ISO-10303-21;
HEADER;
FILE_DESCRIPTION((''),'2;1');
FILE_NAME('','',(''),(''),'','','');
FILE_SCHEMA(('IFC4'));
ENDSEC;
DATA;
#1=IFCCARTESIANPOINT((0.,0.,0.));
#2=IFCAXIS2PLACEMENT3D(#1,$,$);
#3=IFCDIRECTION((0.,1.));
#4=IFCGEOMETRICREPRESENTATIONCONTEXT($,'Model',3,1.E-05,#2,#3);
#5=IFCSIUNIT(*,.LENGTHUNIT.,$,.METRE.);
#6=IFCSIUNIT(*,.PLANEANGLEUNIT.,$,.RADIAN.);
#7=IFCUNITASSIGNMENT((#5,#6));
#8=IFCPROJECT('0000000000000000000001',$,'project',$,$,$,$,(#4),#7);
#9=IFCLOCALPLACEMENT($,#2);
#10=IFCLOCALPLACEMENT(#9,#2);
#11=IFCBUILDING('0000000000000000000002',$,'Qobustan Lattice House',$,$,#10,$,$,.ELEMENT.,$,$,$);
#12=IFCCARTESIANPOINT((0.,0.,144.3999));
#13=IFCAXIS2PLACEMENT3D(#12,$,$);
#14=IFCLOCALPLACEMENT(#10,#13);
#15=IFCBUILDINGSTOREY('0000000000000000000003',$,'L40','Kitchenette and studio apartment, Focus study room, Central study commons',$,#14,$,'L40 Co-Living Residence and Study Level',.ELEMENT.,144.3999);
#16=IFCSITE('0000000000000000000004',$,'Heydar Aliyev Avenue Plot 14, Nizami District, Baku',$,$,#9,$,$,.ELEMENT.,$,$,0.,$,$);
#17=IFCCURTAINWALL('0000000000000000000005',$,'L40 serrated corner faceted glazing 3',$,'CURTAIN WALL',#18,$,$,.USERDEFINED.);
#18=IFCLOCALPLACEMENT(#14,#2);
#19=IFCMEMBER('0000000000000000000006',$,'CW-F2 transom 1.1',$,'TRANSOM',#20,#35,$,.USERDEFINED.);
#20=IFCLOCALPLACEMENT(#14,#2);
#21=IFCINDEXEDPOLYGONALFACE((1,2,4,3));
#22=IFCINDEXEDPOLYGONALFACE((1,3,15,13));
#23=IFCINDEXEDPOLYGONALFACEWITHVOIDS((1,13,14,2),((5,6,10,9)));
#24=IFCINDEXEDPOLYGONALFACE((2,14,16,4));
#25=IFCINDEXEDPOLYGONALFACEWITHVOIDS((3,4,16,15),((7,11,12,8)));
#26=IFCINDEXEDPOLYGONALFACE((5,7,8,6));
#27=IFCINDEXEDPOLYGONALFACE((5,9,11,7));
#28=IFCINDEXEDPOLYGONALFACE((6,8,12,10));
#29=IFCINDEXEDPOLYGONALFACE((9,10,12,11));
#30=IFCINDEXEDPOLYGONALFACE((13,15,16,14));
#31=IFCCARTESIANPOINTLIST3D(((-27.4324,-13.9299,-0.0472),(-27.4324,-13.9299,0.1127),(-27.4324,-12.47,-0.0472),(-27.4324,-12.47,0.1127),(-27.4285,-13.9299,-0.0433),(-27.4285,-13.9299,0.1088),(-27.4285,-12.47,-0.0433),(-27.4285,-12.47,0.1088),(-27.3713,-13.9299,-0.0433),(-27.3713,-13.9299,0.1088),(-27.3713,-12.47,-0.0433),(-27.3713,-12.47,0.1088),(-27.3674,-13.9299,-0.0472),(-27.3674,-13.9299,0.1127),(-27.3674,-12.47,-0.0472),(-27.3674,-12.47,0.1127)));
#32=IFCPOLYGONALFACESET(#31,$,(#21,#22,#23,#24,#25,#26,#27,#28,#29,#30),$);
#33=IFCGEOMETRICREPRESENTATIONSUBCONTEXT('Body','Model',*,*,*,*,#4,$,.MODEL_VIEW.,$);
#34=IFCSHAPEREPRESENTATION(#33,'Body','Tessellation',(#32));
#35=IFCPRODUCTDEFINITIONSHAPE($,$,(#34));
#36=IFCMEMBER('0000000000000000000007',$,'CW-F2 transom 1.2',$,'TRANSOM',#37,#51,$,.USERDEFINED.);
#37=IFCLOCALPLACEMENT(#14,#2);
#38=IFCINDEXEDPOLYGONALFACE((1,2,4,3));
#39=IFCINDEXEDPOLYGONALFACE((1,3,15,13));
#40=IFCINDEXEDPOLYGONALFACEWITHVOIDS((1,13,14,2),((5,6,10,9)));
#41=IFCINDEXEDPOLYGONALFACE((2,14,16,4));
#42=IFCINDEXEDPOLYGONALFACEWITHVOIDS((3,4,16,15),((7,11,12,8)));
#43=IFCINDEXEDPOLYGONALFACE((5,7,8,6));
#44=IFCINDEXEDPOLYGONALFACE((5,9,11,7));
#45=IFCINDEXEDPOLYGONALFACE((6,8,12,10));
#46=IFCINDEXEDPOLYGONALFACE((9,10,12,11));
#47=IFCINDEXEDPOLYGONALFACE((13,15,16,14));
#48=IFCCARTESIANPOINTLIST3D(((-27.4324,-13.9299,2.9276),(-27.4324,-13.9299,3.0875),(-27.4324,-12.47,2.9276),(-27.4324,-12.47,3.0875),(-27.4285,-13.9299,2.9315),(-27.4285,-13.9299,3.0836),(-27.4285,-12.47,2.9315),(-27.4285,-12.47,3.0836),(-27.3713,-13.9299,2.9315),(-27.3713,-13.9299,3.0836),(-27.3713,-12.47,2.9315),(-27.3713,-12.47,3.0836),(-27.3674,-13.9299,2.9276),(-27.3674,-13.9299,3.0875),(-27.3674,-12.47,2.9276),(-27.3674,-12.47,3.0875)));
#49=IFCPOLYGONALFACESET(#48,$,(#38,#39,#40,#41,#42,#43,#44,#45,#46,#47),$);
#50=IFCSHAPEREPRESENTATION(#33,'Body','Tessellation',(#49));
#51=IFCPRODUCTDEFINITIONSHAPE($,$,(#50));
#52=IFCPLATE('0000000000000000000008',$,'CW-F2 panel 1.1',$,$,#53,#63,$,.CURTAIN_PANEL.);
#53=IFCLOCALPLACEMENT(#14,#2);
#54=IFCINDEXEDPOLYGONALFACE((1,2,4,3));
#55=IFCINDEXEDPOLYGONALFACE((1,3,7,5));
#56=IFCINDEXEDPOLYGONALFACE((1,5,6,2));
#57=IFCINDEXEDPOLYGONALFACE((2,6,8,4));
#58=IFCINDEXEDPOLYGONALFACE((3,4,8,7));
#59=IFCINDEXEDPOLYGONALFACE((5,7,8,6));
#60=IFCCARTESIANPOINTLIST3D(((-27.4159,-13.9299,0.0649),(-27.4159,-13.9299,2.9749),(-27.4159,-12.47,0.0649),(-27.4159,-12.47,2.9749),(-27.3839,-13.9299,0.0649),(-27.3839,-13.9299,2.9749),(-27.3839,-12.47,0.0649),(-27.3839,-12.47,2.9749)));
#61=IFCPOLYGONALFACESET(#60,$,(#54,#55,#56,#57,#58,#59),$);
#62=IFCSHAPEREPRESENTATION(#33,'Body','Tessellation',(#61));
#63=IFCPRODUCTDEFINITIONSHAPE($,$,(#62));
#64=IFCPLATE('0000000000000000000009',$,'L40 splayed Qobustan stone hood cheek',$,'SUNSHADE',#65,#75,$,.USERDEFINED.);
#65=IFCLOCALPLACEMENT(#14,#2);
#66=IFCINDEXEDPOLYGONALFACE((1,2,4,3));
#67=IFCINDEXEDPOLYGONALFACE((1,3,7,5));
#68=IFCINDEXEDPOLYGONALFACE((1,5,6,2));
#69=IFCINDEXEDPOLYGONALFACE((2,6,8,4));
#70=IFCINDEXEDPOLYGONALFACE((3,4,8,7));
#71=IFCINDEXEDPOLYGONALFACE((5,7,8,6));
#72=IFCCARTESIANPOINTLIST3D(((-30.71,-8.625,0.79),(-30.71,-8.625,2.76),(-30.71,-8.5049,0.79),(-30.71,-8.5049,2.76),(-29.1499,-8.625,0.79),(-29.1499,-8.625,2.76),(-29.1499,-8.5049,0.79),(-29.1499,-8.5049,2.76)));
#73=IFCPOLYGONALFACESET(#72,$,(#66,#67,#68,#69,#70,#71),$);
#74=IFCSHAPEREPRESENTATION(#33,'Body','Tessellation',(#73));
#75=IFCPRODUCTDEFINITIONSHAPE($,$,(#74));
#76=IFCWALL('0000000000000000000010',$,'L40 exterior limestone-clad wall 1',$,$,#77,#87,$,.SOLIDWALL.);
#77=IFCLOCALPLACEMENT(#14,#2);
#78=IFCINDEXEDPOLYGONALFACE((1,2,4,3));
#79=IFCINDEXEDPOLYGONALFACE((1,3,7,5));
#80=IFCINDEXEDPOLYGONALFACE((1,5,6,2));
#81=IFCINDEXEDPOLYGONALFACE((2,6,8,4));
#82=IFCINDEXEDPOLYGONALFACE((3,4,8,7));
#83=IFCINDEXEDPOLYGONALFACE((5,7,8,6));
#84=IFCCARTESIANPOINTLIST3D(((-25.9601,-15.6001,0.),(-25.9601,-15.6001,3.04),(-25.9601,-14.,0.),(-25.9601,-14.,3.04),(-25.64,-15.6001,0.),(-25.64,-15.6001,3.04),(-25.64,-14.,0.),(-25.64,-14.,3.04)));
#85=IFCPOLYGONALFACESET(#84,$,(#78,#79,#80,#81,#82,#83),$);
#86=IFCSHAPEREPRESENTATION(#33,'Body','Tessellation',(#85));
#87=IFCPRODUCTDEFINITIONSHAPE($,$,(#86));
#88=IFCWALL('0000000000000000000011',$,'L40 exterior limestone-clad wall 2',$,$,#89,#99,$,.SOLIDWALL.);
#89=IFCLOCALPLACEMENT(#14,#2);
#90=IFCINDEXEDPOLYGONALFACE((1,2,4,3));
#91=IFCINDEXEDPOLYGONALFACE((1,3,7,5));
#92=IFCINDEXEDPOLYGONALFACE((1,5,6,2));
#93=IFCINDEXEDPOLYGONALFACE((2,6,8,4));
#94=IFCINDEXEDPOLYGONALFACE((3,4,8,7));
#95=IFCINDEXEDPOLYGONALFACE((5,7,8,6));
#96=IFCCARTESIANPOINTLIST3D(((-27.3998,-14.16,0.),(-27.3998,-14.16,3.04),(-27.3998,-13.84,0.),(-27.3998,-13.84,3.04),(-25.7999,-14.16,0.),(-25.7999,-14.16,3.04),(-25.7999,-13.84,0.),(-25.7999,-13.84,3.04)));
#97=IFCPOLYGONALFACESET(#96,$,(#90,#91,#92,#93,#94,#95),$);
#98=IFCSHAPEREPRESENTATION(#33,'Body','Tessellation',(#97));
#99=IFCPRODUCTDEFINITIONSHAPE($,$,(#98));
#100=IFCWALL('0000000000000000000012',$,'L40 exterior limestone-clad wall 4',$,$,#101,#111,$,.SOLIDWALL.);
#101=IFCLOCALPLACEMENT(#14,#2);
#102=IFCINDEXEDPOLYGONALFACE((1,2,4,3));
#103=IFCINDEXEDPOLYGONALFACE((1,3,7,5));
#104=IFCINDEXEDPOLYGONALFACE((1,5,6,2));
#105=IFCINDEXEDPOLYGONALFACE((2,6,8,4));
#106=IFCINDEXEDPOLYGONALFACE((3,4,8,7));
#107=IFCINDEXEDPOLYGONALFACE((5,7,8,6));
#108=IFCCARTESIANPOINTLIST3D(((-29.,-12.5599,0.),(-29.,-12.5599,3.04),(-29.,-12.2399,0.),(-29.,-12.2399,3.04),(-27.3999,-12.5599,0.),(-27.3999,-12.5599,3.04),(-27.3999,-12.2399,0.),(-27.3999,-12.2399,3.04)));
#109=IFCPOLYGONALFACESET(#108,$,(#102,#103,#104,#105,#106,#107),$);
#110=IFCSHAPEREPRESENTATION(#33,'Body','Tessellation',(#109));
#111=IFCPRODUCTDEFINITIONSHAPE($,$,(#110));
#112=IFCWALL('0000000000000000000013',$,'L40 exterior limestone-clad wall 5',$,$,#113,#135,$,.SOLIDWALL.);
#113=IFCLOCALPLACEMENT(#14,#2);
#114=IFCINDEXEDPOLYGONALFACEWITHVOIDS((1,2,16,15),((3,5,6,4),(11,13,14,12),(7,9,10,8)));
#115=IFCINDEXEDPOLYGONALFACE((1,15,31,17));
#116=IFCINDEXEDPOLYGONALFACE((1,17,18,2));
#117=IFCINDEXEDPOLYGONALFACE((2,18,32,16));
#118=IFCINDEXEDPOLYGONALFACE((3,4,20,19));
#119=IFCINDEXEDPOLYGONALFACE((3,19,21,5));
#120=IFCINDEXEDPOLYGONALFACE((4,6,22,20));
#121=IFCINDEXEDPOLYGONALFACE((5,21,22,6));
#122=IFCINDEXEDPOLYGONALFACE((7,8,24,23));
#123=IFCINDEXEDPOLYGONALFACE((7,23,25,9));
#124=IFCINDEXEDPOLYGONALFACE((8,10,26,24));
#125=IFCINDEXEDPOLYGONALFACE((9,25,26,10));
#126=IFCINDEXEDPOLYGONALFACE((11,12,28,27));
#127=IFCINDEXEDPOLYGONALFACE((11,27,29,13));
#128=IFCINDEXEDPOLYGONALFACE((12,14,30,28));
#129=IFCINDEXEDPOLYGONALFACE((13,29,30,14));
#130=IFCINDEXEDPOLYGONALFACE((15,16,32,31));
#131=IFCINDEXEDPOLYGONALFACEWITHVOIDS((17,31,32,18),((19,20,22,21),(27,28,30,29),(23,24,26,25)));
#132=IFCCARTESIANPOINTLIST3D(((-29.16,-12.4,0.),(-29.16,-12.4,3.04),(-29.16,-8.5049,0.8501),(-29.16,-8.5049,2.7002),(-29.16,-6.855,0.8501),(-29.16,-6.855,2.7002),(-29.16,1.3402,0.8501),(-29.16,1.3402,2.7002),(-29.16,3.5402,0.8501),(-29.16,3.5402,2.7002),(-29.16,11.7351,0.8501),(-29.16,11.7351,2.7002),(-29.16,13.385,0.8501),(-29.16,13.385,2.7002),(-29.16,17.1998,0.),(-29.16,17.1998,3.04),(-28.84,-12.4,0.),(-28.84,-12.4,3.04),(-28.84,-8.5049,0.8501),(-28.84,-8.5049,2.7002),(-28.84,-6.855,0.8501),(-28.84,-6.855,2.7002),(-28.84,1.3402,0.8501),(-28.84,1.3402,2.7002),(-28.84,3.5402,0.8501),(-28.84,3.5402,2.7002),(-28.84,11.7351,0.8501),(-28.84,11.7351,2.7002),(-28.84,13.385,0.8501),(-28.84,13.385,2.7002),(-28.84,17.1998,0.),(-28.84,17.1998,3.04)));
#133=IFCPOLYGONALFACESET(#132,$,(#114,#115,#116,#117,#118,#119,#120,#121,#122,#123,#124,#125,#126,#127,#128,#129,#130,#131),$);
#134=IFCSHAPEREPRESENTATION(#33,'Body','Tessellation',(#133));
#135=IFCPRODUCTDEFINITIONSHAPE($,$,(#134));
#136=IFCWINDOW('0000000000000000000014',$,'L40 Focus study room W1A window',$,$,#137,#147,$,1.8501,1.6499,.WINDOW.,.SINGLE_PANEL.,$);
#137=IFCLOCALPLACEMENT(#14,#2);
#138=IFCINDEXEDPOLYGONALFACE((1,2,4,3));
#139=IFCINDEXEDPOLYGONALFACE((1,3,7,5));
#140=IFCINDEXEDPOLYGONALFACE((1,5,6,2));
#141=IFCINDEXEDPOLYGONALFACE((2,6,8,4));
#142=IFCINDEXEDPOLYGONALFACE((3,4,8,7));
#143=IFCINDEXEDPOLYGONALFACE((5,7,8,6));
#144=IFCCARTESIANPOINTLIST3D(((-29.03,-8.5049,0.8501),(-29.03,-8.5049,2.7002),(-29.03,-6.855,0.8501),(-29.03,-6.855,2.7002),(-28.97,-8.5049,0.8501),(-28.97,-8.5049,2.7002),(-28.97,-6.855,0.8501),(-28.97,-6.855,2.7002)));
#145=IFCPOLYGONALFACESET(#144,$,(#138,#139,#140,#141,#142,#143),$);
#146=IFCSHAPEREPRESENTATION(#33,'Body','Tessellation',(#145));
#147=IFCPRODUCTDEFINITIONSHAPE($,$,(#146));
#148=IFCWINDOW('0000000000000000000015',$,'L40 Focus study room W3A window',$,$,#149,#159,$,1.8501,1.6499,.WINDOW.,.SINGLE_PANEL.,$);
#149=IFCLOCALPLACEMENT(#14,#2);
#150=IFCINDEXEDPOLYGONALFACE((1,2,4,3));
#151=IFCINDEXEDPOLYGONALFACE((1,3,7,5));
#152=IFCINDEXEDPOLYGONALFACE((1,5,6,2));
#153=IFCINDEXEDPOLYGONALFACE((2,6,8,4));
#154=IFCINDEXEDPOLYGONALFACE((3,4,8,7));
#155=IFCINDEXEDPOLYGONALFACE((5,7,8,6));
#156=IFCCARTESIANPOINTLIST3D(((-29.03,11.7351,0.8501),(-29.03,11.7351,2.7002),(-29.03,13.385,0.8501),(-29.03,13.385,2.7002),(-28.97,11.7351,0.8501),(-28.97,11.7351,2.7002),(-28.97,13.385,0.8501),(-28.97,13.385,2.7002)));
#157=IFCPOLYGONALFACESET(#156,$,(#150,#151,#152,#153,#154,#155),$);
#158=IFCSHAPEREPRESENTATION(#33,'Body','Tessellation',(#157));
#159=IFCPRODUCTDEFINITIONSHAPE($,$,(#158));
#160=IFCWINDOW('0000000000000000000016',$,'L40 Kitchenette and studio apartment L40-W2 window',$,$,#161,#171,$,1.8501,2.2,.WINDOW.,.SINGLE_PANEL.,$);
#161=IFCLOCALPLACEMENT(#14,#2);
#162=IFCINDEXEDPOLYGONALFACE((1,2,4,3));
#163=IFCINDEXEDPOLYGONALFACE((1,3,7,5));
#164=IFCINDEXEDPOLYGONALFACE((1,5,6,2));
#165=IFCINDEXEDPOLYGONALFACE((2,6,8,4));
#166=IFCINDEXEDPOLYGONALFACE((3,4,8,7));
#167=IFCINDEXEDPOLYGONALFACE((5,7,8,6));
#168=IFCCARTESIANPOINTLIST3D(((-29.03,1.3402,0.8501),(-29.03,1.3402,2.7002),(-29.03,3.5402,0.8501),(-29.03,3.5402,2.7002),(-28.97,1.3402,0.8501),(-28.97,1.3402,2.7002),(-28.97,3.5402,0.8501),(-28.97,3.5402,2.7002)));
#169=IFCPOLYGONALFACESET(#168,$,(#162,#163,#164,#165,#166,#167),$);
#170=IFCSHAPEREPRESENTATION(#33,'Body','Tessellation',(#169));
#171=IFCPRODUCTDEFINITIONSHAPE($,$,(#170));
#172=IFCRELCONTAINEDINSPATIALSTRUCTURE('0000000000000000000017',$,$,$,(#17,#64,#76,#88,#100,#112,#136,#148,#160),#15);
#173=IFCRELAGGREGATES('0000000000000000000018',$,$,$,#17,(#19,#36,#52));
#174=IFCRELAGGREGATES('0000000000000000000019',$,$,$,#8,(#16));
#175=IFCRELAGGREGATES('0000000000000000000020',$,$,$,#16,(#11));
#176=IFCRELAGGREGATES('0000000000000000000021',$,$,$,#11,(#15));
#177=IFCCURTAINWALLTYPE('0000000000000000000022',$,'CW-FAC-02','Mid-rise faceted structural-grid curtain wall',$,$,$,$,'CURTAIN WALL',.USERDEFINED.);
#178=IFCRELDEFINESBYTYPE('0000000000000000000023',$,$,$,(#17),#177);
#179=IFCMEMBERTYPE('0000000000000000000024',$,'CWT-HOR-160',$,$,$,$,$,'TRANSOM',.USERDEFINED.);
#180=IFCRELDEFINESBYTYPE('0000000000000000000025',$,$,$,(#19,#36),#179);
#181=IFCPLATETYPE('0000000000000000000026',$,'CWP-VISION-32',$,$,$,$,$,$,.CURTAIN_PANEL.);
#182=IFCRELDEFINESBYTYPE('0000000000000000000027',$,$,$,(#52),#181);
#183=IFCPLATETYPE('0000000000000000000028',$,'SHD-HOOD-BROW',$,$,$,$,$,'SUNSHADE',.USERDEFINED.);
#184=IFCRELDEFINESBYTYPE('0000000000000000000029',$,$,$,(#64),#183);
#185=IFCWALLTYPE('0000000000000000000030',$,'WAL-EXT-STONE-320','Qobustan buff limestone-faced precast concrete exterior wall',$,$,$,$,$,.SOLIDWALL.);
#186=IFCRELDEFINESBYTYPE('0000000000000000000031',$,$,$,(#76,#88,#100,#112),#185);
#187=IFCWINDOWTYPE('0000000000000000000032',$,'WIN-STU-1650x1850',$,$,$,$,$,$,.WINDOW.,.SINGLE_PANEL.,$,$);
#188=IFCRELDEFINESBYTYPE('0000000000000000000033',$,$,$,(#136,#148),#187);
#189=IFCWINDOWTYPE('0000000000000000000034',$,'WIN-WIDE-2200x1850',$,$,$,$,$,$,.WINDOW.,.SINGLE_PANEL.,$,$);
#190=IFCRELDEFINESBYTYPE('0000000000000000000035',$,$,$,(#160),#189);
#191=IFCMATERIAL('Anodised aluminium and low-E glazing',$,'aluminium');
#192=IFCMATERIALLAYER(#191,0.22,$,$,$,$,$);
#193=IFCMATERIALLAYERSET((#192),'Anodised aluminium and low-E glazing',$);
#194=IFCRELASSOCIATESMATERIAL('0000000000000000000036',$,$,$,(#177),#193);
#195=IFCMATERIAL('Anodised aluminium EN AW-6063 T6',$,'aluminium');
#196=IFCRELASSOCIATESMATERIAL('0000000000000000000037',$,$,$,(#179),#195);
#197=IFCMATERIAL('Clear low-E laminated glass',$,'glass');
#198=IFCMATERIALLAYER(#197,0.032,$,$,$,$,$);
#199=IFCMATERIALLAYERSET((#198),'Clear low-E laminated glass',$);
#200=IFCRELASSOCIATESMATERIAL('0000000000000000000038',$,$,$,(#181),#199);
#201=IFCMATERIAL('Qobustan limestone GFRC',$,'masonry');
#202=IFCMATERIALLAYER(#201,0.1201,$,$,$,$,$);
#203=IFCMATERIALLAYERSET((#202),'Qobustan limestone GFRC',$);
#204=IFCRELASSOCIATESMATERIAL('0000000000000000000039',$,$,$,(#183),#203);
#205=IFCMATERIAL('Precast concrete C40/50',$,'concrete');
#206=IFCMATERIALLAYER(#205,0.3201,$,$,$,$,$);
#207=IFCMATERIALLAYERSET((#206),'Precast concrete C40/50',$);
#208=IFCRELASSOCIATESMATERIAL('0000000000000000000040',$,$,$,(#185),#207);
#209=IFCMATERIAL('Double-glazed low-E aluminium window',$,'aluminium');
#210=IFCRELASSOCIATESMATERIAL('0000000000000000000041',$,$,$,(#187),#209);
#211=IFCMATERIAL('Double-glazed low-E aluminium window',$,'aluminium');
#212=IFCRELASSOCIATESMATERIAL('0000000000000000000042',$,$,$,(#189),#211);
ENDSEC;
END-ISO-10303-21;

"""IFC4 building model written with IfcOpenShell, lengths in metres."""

from ifc_helpers import new_model, si_unit, direction, frame, frame_2d, origin, origin_2d, place, context, subcontext, project, spatial, rectangle, hollow_rectangle, extrude, material, layer, layer_set, material_profile, profile_set, type_object, element, fill, aggregate, save


model = new_model("IFC4")

# Units and contexts
model_context = context("Model", 3, precision=1e-05, world=origin(), true_north=direction((0.0, 1.0)))
body_context = subcontext(model_context, "Body", "Model", "MODEL_VIEW")
ifc_project = project(units=[si_unit("LENGTHUNIT", "METRE"), si_unit("PLANEANGLEUNIT", "RADIAN")], contexts=[model_context])

# Site, building, storey
site_placement = place(None, origin())
site = spatial("IfcSite", under=ifc_project, at=site_placement, Name="Heydar Aliyev Avenue Plot 14, Nizami District, Baku", CompositionType="ELEMENT", RefElevation=0.0)
building_placement = place(site_placement, origin())
building = spatial("IfcBuilding", under=site, at=building_placement, Name="Qobustan Lattice House", CompositionType="ELEMENT")
storey_placement = place(building_placement, frame((0.0, 0.0, 144.3999)))
storey = spatial("IfcBuildingStorey", under=building, at=storey_placement, Name="L40", Description="Kitchenette and studio apartment, Focus study room, Central study commons", LongName="L40 Co-Living Residence and Study Level", CompositionType="ELEMENT", Elevation=144.3999)

# Curtain wall, members, plate
ifc_material_1 = material(Name="Anodised aluminium and low-E glazing", Category="aluminium")
ifc_layer_1 = layer(ifc_material_1, 0.22)
ifc_layer_set_1 = layer_set([ifc_layer_1], Name="Anodised aluminium and low-E glazing")
curtain_wall_type = type_object("IfcCurtainWallType", Name="CW-FAC-02", Description="Mid-rise faceted structural-grid curtain wall", ElementType="CURTAIN WALL", PredefinedType="USERDEFINED", material=ifc_layer_set_1)
curtain_wall_placement = place(storey_placement, origin())
curtain_wall = element("IfcCurtainWall", 1, at=curtain_wall_placement, inside=storey, type_object=curtain_wall_type, Name="L40 serrated corner faceted glazing 3", ObjectType="CURTAIN WALL", PredefinedType="USERDEFINED")
ifc_material_2 = material(Name="Anodised aluminium EN AW-6063 T6", Category="aluminium")
ifc_material_profile_1 = material_profile(ifc_material_2, hollow_rectangle(XDim=0.0649, YDim=0.1599, WallThickness=0.0039, at=origin_2d()), Name="CWT-160x65")
ifc_profile_set_1 = profile_set([ifc_material_profile_1], Name="Anodised aluminium EN AW-6063 T6")
member_type_1 = type_object("IfcMemberType", Name="CWT-HOR-160", ElementType="TRANSOM", PredefinedType="USERDEFINED", material=ifc_profile_set_1)
member_1_placement = place(storey_placement, frame((-27.3999, -13.9299, 0.0327), z_axis=(0.0, 1.0, 0.0), x_axis=(-1.0, 0.0, 0.0)))
member_1 = element("IfcMember", 2, at=member_1_placement, type_object=member_type_1, Name="CW-F2 transom 1.1", ObjectType="TRANSOM", PredefinedType="USERDEFINED", context=body_context, shape_type="SweptSolid", body=[
    extrude(hollow_rectangle(XDim=0.0649, YDim=0.1599, WallThickness=0.0039, at=origin_2d()), origin(), (0.0, 0.0, 1.0), 1.46),
])
member_2_placement = place(storey_placement, frame((-27.3999, -13.9299, 3.0076), z_axis=(0.0, 1.0, 0.0), x_axis=(-1.0, 0.0, 0.0)))
member_2 = element("IfcMember", 3, at=member_2_placement, type_object=member_type_1, Name="CW-F2 transom 1.2", ObjectType="TRANSOM", PredefinedType="USERDEFINED", context=body_context, shape_type="SweptSolid", body=[
    extrude(hollow_rectangle(XDim=0.0649, YDim=0.1599, WallThickness=0.0039, at=origin_2d()), origin(), (0.0, 0.0, 1.0), 1.46),
])
ifc_material_3 = material(Name="Clear low-E laminated glass", Category="glass")
ifc_layer_2 = layer(ifc_material_3, 0.032)
ifc_layer_set_2 = layer_set([ifc_layer_2], Name="Clear low-E laminated glass")
plate_type_1 = type_object("IfcPlateType", Name="CWP-VISION-32", PredefinedType="CURTAIN_PANEL", material=ifc_layer_set_2)
plate_1_placement = place(storey_placement, frame((-27.3999, -13.2, 0.0649), z_axis=(0.0, 0.0, 1.0), x_axis=(0.0, 1.0, 0.0)))
plate_1 = element("IfcPlate", 4, at=plate_1_placement, type_object=plate_type_1, Name="CW-F2 panel 1.1", PredefinedType="CURTAIN_PANEL", context=body_context, shape_type="SweptSolid", body=[
    extrude(rectangle(XDim=1.46, YDim=0.032, at=origin_2d()), origin(), (0.0, 0.0, 1.0), 2.9099),
])
aggregate(curtain_wall, [member_1, member_2, plate_1])

# Plate
ifc_material_4 = material(Name="Qobustan limestone GFRC", Category="masonry")
ifc_layer_3 = layer(ifc_material_4, 0.1201)
ifc_layer_set_3 = layer_set([ifc_layer_3], Name="Qobustan limestone GFRC")
plate_type_2 = type_object("IfcPlateType", Name="SHD-HOOD-BROW", ElementType="SUNSHADE", PredefinedType="USERDEFINED", material=ifc_layer_set_3)
plate_2_placement = place(storey_placement, frame((-29.9299, -8.5649, 0.79), z_axis=(0.0, 0.0, 1.0), x_axis=(0.0, 1.0, 0.0)))
element("IfcPlate", 5, at=plate_2_placement, inside=storey, type_object=plate_type_2, Name="L40 splayed Qobustan stone hood cheek", ObjectType="SUNSHADE", PredefinedType="USERDEFINED", context=body_context, shape_type="SweptSolid", body=[
    extrude(rectangle(XDim=0.1201, YDim=1.5601, at=origin_2d()), origin(), (0.0, 0.0, 1.0), 1.97),
])

# Walls
ifc_material_5 = material(Name="Precast concrete C40/50", Category="concrete")
ifc_layer_4 = layer(ifc_material_5, 0.3201)
ifc_layer_set_4 = layer_set([ifc_layer_4], Name="Precast concrete C40/50")
wall_type_1 = type_object("IfcWallType", Name="WAL-EXT-STONE-320", Description="Qobustan buff limestone-faced precast concrete exterior wall", PredefinedType="SOLIDWALL", material=ifc_layer_set_4)
wall_1_placement = place(storey_placement, frame((-25.8, -15.6001, 0.0), z_axis=(0.0, 0.0, 1.0), x_axis=(0.0, 1.0, 0.0)))
element("IfcWall", 6, at=wall_1_placement, inside=storey, type_object=wall_type_1, Name="L40 exterior limestone-clad wall 1", PredefinedType="SOLIDWALL", context=body_context, shape_type="SweptSolid", body=[
    extrude(rectangle(XDim=1.6001, YDim=0.3201, at=frame_2d((0.8, 0.0))), origin(), (0.0, 0.0, 1.0), 3.04),
])
wall_2_placement = place(storey_placement, frame((-25.8, -14.0, 0.0), z_axis=(0.0, 0.0, 1.0), x_axis=(-1.0, 0.0, 0.0)))
element("IfcWall", 7, at=wall_2_placement, inside=storey, type_object=wall_type_1, Name="L40 exterior limestone-clad wall 2", PredefinedType="SOLIDWALL", context=body_context, shape_type="SweptSolid", body=[
    extrude(rectangle(XDim=1.5999, YDim=0.3201, at=frame_2d((0.7998, 0.0))), origin(), (0.0, 0.0, 1.0), 3.04),
])
wall_3_placement = place(storey_placement, frame((-27.3999, -12.3999, 0.0), z_axis=(0.0, 0.0, 1.0), x_axis=(-1.0, 0.0, 0.0)))
element("IfcWall", 8, at=wall_3_placement, inside=storey, type_object=wall_type_1, Name="L40 exterior limestone-clad wall 4", PredefinedType="SOLIDWALL", context=body_context, shape_type="SweptSolid", body=[
    extrude(rectangle(XDim=1.6001, YDim=0.3201, at=frame_2d((0.8, 0.0))), origin(), (0.0, 0.0, 1.0), 3.04),
])

# Wall, openings, windows
wall_4_placement = place(storey_placement, frame((-29.0, -12.3999, 0.0), z_axis=(0.0, 0.0, 1.0), x_axis=(0.0, 1.0, 0.0)))
wall_4 = element("IfcWall", 9, at=wall_4_placement, inside=storey, type_object=wall_type_1, Name="L40 exterior limestone-clad wall 5", PredefinedType="SOLIDWALL", context=body_context, shape_type="SweptSolid", body=[
    extrude(rectangle(XDim=29.5999, YDim=0.3201, at=frame_2d((14.7998, 0.0))), origin(), (0.0, 0.0, 1.0), 3.04),
])
opening_1_placement = place(wall_4_placement, frame((3.895, 0.0, 0.8501)))
opening_1 = element("IfcOpeningElement", 10, at=opening_1_placement, cuts=wall_4, PredefinedType="OPENING", context=body_context, shape_type="SweptSolid", body=[
    extrude(rectangle(XDim=1.6499, YDim=1.8501, at=frame_2d((0.825, 0.925))), frame((0.0, 0.1699, 0.0), z_axis=(0.0, -1.0, 0.0), x_axis=(1.0, 0.0, 0.0)), (0.0, 0.0, 1.0), 0.3401),
])
opening_2_placement = place(wall_4_placement, frame((13.74, 0.0, 0.8501)))
opening_2 = element("IfcOpeningElement", 11, at=opening_2_placement, cuts=wall_4, PredefinedType="OPENING", context=body_context, shape_type="SweptSolid", body=[
    extrude(rectangle(XDim=2.2, YDim=1.8501, at=frame_2d((1.1001, 0.925))), frame((0.0, 0.1699, 0.0), z_axis=(0.0, -1.0, 0.0), x_axis=(1.0, 0.0, 0.0)), (0.0, 0.0, 1.0), 0.3401),
])
opening_3_placement = place(wall_4_placement, frame((24.135, 0.0, 0.8501)))
opening_3 = element("IfcOpeningElement", 12, at=opening_3_placement, cuts=wall_4, PredefinedType="OPENING", context=body_context, shape_type="SweptSolid", body=[
    extrude(rectangle(XDim=1.6499, YDim=1.8501, at=frame_2d((0.825, 0.925))), frame((0.0, 0.1699, 0.0), z_axis=(0.0, -1.0, 0.0), x_axis=(1.0, 0.0, 0.0)), (0.0, 0.0, 1.0), 0.3401),
])
ifc_material_6 = material(Name="Double-glazed low-E aluminium window", Category="aluminium")
window_type_1 = type_object("IfcWindowType", Name="WIN-STU-1650x1850", PartitioningType="SINGLE_PANEL", PredefinedType="WINDOW", material=ifc_material_6)
window_1_placement = place(opening_1_placement, origin())
window_1 = element("IfcWindow", 13, at=window_1_placement, inside=storey, type_object=window_type_1, Name="L40 Focus study room W1A window", OverallHeight=1.8501, OverallWidth=1.6499, PartitioningType="SINGLE_PANEL", PredefinedType="WINDOW", context=body_context, shape_type="SweptSolid", body=[
    extrude(rectangle(XDim=1.6499, YDim=1.8501, at=frame_2d((0.825, 0.925))), frame((0.0, 0.03, 0.0), z_axis=(0.0, -1.0, 0.0), x_axis=(1.0, 0.0, 0.0)), (0.0, 0.0, 1.0), 0.0601),
])
fill(opening_1, window_1)
window_2_placement = place(opening_3_placement, origin())
window_2 = element("IfcWindow", 14, at=window_2_placement, inside=storey, type_object=window_type_1, Name="L40 Focus study room W3A window", OverallHeight=1.8501, OverallWidth=1.6499, PartitioningType="SINGLE_PANEL", PredefinedType="WINDOW", context=body_context, shape_type="SweptSolid", body=[
    extrude(rectangle(XDim=1.6499, YDim=1.8501, at=frame_2d((0.825, 0.925))), frame((0.0, 0.03, 0.0), z_axis=(0.0, -1.0, 0.0), x_axis=(1.0, 0.0, 0.0)), (0.0, 0.0, 1.0), 0.0601),
])
fill(opening_3, window_2)
ifc_material_7 = material(Name="Double-glazed low-E aluminium window", Category="aluminium")
window_type_2 = type_object("IfcWindowType", Name="WIN-WIDE-2200x1850", PartitioningType="SINGLE_PANEL", PredefinedType="WINDOW", material=ifc_material_7)
window_3_placement = place(opening_2_placement, origin())
window_3 = element("IfcWindow", 15, at=window_3_placement, inside=storey, type_object=window_type_2, Name="L40 Kitchenette and studio apartment L40-W2 window", OverallHeight=1.8501, OverallWidth=2.2, PartitioningType="SINGLE_PANEL", PredefinedType="WINDOW", context=body_context, shape_type="SweptSolid", body=[
    extrude(rectangle(XDim=2.2, YDim=1.8501, at=frame_2d((1.1001, 0.925))), frame((0.0, 0.03, 0.0), z_axis=(0.0, -1.0, 0.0), x_axis=(1.0, 0.0, 0.0)), (0.0, 0.0, 1.0), 0.0601),
])
fill(opening_2, window_3)

save(model, "model.ifc")
